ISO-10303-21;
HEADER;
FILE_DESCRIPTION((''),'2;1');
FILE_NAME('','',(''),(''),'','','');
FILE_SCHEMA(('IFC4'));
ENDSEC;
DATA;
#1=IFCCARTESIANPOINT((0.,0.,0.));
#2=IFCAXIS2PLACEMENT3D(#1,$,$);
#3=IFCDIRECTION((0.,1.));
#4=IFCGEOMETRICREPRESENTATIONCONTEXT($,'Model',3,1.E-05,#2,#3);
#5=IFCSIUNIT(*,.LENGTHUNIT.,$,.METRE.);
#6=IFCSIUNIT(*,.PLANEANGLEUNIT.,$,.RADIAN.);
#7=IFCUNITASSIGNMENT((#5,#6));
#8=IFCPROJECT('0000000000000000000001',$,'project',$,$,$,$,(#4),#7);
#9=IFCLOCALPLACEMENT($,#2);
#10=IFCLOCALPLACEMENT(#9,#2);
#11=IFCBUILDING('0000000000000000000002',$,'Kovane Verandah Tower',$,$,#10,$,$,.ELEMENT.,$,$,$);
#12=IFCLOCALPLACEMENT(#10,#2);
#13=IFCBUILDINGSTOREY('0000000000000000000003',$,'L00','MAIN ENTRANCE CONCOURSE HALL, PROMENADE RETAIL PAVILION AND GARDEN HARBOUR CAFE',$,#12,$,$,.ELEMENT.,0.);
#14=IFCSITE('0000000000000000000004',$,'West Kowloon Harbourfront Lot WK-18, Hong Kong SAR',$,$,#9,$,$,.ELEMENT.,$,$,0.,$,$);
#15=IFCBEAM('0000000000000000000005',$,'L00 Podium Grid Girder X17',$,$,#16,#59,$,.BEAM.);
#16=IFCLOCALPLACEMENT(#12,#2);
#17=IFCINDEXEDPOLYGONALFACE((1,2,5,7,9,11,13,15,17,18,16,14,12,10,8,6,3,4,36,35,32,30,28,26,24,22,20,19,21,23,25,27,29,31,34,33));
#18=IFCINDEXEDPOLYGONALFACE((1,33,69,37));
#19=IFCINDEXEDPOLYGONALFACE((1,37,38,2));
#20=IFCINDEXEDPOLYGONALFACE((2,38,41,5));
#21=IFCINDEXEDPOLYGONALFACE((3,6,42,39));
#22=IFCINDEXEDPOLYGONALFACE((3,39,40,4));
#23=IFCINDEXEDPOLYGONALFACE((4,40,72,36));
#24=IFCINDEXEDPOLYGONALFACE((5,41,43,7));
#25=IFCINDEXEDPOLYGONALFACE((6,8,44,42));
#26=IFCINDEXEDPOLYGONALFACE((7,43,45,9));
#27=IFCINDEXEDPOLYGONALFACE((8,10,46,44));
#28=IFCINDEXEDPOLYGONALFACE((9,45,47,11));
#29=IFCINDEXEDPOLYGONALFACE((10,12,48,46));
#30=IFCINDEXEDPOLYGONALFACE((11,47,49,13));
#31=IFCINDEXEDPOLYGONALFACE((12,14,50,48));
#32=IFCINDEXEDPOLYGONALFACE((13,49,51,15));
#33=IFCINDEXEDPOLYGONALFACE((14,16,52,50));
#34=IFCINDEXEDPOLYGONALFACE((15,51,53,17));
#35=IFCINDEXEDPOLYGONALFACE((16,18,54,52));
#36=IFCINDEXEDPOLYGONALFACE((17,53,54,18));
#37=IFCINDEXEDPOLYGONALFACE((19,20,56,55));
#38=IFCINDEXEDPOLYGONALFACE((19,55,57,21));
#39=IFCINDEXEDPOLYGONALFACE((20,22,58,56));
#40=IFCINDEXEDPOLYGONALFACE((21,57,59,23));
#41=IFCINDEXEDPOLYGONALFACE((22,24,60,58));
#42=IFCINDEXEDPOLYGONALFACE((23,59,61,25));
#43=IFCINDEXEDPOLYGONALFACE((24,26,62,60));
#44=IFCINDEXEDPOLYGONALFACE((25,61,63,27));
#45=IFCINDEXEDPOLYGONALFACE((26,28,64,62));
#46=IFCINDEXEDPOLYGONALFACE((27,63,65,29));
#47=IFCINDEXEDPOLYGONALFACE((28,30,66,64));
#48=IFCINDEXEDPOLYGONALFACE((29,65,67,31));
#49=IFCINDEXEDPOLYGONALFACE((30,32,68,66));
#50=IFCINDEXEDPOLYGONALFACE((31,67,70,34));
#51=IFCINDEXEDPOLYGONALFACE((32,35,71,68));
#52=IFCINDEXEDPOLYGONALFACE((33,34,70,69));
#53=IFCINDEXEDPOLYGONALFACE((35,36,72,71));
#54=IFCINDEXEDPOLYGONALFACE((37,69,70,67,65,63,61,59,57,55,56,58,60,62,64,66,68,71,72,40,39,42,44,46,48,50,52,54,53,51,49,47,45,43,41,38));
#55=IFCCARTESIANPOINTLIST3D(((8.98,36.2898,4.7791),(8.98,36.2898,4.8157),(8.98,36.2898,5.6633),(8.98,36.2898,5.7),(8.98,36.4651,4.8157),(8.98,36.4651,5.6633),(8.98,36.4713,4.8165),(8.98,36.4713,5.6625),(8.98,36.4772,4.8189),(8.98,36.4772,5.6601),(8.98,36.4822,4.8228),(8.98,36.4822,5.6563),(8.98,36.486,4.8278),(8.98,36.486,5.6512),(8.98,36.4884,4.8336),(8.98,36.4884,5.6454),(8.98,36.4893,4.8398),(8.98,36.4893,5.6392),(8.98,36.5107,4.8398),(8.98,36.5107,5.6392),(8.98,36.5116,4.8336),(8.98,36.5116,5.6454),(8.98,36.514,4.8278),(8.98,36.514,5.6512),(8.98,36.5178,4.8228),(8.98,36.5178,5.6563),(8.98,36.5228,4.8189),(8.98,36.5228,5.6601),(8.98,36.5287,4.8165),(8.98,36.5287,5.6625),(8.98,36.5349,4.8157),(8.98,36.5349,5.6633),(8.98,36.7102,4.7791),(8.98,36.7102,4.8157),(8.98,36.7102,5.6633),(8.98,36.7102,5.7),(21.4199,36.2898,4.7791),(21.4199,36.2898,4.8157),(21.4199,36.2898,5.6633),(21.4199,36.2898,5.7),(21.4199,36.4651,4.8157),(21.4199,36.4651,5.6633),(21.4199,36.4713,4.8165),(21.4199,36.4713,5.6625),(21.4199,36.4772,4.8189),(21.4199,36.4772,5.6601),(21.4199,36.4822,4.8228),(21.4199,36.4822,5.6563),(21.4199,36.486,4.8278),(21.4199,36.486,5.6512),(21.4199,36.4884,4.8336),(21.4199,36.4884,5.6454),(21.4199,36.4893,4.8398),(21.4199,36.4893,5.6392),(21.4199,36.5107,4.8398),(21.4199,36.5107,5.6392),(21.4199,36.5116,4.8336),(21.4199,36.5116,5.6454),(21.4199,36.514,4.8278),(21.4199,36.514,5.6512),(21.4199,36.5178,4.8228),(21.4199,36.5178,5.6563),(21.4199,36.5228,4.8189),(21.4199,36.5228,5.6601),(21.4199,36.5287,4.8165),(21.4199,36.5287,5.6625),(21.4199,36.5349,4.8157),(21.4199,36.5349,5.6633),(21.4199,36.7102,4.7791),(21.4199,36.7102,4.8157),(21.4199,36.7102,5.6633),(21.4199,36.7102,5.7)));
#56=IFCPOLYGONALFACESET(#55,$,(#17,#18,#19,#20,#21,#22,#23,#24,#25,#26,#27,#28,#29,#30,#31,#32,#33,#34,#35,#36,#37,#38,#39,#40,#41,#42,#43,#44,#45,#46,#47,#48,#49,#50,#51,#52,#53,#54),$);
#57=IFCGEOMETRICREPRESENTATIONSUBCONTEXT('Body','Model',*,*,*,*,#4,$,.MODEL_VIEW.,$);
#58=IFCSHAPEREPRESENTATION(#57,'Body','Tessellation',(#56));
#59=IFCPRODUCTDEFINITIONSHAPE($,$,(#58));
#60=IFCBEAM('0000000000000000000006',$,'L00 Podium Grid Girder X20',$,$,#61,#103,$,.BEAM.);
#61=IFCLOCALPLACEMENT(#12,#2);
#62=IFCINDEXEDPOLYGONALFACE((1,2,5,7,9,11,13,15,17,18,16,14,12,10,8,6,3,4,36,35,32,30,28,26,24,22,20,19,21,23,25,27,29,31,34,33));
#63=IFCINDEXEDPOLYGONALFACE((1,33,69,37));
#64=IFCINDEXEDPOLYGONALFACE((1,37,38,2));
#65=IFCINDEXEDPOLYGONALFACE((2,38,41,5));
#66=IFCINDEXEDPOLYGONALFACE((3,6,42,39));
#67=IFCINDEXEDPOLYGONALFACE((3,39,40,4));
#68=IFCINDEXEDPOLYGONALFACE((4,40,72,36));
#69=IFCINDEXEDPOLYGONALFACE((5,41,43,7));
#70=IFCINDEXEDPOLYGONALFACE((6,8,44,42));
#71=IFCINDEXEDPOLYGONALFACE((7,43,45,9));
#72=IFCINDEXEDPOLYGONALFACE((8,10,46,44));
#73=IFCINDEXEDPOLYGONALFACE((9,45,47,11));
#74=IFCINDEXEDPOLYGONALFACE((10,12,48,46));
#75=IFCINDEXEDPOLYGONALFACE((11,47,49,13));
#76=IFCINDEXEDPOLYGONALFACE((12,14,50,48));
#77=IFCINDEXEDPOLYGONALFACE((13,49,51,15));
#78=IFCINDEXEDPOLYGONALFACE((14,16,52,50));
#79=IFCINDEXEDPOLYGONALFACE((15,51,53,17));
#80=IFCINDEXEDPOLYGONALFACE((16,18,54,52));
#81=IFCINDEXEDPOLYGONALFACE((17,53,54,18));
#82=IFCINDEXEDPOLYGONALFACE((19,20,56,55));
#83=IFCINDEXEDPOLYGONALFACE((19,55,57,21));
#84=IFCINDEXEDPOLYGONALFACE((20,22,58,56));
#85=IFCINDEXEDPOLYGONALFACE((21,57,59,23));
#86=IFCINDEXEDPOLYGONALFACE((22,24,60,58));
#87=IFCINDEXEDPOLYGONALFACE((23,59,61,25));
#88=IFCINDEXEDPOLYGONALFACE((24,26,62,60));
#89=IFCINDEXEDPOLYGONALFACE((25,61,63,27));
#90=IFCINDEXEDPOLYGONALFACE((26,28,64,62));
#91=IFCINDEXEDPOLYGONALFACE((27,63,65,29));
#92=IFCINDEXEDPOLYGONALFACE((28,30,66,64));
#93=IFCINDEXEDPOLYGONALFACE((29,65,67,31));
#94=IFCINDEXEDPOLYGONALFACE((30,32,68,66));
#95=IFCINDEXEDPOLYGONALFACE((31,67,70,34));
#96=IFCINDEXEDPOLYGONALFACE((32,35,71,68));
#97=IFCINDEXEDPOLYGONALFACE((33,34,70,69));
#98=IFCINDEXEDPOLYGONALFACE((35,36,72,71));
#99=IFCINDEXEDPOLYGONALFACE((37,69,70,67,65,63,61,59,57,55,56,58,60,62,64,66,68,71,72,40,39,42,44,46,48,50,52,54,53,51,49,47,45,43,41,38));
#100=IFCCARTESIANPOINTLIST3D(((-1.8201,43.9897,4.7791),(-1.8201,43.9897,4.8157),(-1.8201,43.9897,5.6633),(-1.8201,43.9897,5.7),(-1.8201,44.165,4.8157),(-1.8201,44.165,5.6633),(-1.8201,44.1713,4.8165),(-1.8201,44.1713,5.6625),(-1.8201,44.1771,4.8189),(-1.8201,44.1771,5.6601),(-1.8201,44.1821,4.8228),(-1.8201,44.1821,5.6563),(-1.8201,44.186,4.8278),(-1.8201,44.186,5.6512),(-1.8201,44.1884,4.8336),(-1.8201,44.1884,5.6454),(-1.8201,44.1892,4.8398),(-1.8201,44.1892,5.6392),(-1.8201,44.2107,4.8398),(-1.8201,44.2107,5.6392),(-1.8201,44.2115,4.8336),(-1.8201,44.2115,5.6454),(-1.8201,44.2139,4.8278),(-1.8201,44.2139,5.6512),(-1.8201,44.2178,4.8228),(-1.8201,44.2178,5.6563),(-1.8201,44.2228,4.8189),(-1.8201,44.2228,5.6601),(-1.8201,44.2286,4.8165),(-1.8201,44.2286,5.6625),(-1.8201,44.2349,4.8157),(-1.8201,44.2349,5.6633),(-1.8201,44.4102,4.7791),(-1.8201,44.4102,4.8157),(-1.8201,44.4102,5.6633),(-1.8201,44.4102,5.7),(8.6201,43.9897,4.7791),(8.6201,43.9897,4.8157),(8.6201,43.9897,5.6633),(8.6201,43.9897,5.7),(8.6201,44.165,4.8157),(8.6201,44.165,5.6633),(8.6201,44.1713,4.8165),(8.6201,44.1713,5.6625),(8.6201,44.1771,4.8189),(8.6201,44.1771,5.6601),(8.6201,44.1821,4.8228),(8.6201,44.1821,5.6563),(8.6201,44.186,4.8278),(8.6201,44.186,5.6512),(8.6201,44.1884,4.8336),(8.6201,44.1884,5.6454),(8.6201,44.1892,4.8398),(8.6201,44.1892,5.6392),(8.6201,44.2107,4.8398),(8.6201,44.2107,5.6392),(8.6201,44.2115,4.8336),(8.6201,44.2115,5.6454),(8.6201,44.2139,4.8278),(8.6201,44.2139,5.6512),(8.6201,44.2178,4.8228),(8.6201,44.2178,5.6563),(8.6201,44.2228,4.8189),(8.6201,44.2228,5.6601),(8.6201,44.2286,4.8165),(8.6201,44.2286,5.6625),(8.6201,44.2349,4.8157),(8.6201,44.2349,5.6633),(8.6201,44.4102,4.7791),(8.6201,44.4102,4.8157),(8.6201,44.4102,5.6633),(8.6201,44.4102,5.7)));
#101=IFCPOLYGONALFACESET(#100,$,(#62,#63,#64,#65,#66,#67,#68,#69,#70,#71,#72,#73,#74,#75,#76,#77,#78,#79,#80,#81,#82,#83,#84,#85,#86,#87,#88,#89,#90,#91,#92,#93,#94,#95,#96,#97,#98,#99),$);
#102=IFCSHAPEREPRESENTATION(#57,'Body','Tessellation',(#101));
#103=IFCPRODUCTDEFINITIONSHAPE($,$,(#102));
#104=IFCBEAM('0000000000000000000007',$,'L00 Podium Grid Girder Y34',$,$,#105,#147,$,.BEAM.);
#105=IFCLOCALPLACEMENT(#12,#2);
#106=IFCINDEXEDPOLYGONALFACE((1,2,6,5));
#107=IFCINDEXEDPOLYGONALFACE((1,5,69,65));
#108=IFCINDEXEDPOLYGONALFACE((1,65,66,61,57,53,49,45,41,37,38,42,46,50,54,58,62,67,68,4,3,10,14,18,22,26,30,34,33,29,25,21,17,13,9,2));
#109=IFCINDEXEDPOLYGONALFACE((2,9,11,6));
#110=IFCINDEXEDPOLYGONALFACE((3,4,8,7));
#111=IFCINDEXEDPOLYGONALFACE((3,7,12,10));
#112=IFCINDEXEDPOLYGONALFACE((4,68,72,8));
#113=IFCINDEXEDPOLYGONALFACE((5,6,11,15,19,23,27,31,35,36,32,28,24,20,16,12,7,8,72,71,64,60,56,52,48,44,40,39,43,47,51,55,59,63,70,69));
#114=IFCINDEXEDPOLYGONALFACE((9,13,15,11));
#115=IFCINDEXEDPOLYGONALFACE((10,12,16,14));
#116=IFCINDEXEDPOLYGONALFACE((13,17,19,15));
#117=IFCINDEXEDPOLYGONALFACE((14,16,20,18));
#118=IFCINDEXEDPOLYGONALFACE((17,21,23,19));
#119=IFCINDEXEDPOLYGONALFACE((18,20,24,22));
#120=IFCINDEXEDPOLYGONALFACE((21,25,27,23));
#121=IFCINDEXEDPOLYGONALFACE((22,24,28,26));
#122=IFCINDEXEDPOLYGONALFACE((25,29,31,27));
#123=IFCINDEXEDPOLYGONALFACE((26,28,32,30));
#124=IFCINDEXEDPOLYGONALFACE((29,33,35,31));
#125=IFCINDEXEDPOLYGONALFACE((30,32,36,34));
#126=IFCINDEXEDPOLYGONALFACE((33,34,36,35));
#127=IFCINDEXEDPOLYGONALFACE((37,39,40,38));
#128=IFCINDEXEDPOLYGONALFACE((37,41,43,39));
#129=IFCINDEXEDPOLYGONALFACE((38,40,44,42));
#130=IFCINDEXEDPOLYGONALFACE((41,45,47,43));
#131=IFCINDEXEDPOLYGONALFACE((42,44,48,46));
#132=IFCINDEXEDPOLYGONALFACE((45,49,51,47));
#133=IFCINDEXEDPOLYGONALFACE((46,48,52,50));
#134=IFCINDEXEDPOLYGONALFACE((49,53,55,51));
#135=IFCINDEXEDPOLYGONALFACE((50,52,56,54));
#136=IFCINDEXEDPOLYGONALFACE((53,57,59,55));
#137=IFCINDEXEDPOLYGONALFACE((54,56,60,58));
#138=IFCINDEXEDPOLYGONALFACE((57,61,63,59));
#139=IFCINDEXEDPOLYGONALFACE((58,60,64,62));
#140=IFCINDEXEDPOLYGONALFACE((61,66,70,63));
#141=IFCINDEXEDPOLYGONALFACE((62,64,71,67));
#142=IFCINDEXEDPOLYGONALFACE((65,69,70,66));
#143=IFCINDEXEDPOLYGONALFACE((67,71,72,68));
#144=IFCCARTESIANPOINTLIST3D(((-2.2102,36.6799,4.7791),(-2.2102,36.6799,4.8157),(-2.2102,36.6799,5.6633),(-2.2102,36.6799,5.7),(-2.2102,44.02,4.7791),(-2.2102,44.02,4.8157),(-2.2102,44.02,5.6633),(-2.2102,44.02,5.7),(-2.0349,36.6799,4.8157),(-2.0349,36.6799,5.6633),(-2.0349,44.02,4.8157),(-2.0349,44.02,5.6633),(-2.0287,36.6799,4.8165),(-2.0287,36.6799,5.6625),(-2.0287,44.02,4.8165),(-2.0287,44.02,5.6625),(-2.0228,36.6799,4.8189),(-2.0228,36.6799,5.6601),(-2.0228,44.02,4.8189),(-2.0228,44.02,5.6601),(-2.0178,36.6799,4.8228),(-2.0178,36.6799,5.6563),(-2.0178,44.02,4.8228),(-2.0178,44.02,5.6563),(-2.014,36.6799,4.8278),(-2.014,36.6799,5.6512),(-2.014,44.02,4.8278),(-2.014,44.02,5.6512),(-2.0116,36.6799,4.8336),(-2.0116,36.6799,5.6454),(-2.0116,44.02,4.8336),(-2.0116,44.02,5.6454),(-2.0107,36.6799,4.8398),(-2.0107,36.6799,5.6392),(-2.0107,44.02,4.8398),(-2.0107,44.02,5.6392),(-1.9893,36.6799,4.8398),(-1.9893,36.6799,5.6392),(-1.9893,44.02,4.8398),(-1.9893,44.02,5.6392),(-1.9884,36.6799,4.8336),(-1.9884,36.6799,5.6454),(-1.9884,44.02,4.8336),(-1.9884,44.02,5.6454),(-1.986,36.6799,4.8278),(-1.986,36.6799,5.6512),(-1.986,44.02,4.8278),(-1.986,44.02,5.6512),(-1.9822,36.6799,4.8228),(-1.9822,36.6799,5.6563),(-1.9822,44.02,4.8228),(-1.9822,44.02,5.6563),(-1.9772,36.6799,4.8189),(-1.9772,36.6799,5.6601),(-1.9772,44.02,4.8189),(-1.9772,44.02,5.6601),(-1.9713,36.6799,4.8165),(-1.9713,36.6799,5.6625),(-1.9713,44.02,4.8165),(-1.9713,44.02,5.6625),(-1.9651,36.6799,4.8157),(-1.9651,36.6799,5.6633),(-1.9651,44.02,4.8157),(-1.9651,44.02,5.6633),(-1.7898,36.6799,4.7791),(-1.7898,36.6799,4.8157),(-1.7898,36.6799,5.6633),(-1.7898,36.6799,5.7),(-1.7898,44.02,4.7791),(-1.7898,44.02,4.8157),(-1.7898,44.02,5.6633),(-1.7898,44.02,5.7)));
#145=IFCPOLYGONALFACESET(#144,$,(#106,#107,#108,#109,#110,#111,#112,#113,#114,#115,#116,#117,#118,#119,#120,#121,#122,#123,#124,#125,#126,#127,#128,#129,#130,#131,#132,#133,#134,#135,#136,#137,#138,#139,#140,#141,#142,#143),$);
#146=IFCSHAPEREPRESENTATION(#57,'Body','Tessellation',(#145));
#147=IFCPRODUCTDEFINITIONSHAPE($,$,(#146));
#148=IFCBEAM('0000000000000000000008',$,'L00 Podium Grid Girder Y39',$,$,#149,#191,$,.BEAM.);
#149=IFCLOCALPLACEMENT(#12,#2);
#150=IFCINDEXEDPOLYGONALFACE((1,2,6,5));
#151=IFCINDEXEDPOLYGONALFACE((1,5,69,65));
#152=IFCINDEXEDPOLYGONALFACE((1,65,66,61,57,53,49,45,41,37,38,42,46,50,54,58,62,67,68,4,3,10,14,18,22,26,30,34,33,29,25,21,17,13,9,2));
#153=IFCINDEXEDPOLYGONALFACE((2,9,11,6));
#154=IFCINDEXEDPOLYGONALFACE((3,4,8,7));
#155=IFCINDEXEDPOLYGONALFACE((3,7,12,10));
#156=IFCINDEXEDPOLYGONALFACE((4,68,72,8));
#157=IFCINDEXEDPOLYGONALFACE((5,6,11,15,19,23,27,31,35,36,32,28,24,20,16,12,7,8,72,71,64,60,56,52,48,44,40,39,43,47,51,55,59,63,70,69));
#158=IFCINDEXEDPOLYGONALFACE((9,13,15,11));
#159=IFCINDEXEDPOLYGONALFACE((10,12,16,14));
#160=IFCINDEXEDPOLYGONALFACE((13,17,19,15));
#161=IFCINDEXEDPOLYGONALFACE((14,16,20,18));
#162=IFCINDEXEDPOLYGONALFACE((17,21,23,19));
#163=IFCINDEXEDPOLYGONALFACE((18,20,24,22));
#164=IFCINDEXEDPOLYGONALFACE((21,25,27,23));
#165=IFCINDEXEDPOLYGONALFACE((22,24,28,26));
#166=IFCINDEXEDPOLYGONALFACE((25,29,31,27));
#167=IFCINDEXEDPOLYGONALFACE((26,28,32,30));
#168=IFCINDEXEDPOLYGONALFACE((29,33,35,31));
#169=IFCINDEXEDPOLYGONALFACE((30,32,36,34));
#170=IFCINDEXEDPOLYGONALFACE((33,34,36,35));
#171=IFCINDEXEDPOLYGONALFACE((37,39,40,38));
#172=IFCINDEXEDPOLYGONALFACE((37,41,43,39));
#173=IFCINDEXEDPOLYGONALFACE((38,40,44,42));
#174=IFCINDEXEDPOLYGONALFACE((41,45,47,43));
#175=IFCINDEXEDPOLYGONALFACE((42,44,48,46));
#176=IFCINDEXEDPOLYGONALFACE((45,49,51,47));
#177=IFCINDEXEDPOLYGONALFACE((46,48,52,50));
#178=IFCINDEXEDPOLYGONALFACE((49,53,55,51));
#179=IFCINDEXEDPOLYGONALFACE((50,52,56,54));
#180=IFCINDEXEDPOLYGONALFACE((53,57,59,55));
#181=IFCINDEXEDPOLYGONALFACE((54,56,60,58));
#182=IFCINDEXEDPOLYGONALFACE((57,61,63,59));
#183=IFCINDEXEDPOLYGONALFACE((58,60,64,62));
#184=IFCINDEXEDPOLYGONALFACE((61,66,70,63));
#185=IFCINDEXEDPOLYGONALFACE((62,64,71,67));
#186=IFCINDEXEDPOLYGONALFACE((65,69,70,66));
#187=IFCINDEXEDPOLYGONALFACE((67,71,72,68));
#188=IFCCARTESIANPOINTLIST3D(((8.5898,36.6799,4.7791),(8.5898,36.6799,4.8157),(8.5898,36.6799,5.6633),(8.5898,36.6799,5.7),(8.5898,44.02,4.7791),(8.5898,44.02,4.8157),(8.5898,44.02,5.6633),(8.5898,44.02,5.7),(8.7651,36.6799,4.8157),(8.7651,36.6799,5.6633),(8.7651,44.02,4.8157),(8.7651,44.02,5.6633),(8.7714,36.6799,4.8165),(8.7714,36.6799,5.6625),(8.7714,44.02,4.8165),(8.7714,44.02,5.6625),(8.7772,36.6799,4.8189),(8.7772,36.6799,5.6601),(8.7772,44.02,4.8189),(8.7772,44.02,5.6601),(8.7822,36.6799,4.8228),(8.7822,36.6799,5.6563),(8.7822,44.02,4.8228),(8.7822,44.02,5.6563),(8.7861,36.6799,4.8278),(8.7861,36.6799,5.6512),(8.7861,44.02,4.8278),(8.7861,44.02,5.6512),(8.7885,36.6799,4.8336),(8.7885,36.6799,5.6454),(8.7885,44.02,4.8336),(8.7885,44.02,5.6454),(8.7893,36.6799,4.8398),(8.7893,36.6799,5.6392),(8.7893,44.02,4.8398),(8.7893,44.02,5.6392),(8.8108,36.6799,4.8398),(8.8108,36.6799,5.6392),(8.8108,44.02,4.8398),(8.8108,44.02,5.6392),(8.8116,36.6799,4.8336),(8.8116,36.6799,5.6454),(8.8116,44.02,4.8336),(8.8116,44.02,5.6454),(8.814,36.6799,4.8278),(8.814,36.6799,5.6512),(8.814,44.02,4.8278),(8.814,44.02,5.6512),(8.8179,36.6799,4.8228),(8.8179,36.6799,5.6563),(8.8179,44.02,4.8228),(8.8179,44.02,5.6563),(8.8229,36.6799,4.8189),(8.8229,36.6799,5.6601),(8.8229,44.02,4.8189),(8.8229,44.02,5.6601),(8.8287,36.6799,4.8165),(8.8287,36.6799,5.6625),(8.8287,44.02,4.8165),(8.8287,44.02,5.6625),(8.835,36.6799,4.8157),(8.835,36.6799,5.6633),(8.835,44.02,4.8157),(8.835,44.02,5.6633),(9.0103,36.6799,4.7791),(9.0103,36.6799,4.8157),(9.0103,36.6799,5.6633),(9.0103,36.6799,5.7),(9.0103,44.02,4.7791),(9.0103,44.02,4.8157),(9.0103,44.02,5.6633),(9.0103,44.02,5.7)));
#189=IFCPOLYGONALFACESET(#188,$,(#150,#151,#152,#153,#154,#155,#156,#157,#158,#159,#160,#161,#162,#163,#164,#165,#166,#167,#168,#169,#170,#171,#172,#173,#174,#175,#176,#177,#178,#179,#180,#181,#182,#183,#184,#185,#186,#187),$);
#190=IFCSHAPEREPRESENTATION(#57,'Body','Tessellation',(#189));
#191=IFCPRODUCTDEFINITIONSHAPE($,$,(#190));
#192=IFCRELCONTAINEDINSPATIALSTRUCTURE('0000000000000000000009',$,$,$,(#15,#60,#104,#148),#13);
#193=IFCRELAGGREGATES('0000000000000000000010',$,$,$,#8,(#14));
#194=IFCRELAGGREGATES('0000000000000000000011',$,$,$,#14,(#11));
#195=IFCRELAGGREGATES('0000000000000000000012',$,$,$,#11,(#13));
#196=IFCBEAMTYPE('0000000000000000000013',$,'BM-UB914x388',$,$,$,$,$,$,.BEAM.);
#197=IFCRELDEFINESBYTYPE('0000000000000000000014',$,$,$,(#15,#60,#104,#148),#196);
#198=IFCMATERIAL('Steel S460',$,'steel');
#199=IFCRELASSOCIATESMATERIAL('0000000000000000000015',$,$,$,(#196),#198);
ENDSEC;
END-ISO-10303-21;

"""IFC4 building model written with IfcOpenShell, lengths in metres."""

from ifc_helpers import new_model, si_unit, direction, frame, origin, origin_2d, place, context, subcontext, project, spatial, i_section, extrude, material, material_profile, profile_set, type_object, element, save


model = new_model("IFC4")

# Units and contexts
model_context = context("Model", 3, precision=1e-05, world=origin(), true_north=direction((0.0, 1.0)))
body_context = subcontext(model_context, "Body", "Model", "MODEL_VIEW")
ifc_project = project(units=[si_unit("LENGTHUNIT", "METRE"), si_unit("PLANEANGLEUNIT", "RADIAN")], contexts=[model_context])

# Site, building, storey
site_placement = place(None, origin())
site = spatial("IfcSite", under=ifc_project, at=site_placement, Name="West Kowloon Harbourfront Lot WK-18, Hong Kong SAR", CompositionType="ELEMENT", RefElevation=0.0)
building_placement = place(site_placement, origin())
building = spatial("IfcBuilding", under=site, at=building_placement, Name="Kovane Verandah Tower", CompositionType="ELEMENT")
storey_placement = place(building_placement, origin())
storey = spatial("IfcBuildingStorey", under=building, at=storey_placement, Name="L00", Description="MAIN ENTRANCE CONCOURSE HALL, PROMENADE RETAIL PAVILION AND GARDEN HARBOUR CAFE", CompositionType="ELEMENT", Elevation=0.0)

# Shared definitions
ifc_material_1 = material(Name="Steel S460", Category="steel")

# Beams
ifc_material_profile_1 = material_profile(ifc_material_1, i_section(OverallWidth=0.4204, OverallDepth=0.9209, WebThickness=0.0215, FlangeThickness=0.0366, FilletRadius=0.0242, at=origin_2d()), Name="UB914x419x388")
ifc_profile_set_1 = profile_set([ifc_material_profile_1], Name="Steel S460")
beam_type = type_object("IfcBeamType", Name="BM-UB914x388", PredefinedType="BEAM", material=ifc_profile_set_1)
beam_1_placement = place(storey_placement, frame((8.98, 36.5, 5.2395), z_axis=(1.0, 0.0, 0.0), x_axis=(0.0, 1.0, 0.0)))
element("IfcBeam", 1, at=beam_1_placement, inside=storey, type_object=beam_type, Name="L00 Podium Grid Girder X17", PredefinedType="BEAM", context=body_context, shape_type="SweptSolid", body=[
    extrude(i_section(OverallWidth=0.4204, OverallDepth=0.9209, WebThickness=0.0215, FlangeThickness=0.0366, FilletRadius=0.0242, at=origin_2d()), origin(), (0.0, 0.0, 1.0), 12.4399),
])
beam_2_placement = place(storey_placement, frame((-1.8201, 44.2, 5.2395), z_axis=(1.0, 0.0, 0.0), x_axis=(0.0, 1.0, 0.0)))
element("IfcBeam", 2, at=beam_2_placement, inside=storey, type_object=beam_type, Name="L00 Podium Grid Girder X20", PredefinedType="BEAM", context=body_context, shape_type="SweptSolid", body=[
    extrude(i_section(OverallWidth=0.4204, OverallDepth=0.9209, WebThickness=0.0215, FlangeThickness=0.0366, FilletRadius=0.0242, at=origin_2d()), origin(), (0.0, 0.0, 1.0), 10.4402),
])
for number, where, z_axis, x_axis, name in (
    (3, (-2.0, 36.6799, 5.2395), (0.0, 1.0, 0.0), (-1.0, 0.0, 0.0), "L00 Podium Grid Girder Y34"),
    (4, (8.8, 36.6799, 5.2395), (0.0, 1.0, 0.0), (-1.0, 0.0, 0.0), "L00 Podium Grid Girder Y39"),
):
    element("IfcBeam", number, at=place(storey_placement, frame(where, z_axis=z_axis, x_axis=x_axis)), inside=storey, type_object=beam_type, Name=name, PredefinedType="BEAM", context=body_context, shape_type="SweptSolid", body=[
        extrude(i_section(OverallWidth=0.4204, OverallDepth=0.9209, WebThickness=0.0215, FlangeThickness=0.0366, FilletRadius=0.0242, at=origin_2d()), origin(), (0.0, 0.0, 1.0), 7.3401),
    ])

save(model, "model.ifc")
